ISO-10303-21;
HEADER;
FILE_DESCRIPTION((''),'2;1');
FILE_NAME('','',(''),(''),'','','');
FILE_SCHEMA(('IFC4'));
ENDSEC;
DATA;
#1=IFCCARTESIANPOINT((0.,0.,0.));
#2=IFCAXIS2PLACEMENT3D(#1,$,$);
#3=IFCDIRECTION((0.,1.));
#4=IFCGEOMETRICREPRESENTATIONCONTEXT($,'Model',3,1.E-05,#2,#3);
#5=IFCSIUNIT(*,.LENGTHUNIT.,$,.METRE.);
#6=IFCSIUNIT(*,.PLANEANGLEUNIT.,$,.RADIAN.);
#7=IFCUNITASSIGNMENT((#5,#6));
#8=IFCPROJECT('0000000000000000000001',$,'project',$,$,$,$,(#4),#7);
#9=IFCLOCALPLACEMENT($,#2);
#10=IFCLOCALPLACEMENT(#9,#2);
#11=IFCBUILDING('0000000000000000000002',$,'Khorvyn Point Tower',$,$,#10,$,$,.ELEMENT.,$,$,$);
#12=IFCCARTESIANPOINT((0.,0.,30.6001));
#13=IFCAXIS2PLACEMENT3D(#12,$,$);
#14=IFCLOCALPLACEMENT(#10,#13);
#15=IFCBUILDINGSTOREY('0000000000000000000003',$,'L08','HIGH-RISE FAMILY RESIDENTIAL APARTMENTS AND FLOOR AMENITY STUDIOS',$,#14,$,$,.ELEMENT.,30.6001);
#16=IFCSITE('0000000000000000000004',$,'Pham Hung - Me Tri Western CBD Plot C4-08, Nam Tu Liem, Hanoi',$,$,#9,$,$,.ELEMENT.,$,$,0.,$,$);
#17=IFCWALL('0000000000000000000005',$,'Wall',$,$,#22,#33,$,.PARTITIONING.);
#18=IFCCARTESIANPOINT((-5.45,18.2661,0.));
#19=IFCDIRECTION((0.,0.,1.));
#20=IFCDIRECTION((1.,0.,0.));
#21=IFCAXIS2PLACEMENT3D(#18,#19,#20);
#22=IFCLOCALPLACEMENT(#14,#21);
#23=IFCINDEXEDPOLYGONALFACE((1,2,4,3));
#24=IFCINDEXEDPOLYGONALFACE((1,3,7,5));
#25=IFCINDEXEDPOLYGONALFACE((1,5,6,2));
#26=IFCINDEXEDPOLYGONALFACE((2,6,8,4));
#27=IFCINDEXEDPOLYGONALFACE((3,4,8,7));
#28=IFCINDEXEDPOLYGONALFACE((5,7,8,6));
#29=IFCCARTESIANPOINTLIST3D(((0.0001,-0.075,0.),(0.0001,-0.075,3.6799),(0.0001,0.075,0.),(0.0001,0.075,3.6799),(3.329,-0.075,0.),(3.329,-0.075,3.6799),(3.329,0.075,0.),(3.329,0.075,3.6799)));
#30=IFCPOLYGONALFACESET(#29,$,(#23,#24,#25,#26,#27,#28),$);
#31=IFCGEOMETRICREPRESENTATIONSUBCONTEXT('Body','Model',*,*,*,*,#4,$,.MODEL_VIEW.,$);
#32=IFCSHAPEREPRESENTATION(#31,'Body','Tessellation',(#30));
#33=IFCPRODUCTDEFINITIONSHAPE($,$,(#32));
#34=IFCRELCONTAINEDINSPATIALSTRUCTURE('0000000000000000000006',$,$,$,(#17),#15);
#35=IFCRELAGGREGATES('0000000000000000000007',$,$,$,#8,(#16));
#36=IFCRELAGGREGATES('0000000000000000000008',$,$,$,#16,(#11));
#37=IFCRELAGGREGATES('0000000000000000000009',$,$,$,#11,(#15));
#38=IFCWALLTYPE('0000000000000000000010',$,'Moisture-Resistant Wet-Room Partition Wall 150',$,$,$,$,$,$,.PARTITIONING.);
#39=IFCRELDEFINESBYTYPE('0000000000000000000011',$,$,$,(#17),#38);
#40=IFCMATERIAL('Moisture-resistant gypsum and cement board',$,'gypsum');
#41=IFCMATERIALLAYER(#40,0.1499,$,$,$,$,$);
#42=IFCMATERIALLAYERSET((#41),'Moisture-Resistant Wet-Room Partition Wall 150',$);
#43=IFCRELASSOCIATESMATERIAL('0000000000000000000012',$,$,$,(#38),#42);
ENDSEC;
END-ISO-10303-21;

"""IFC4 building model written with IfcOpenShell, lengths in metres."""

from ifc_helpers import new_model, si_unit, direction, frame, frame_2d, origin, place, context, subcontext, project, spatial, rectangle, extrude, material, layer, layer_set, type_object, element, save


model = new_model("IFC4")

# Units and contexts
model_context = context("Model", 3, precision=1e-05, world=origin(), true_north=direction((0.0, 1.0)))
body_context = subcontext(model_context, "Body", "Model", "MODEL_VIEW")
ifc_project = project(units=[si_unit("LENGTHUNIT", "METRE"), si_unit("PLANEANGLEUNIT", "RADIAN")], contexts=[model_context])

# Site, building, storey
site_placement = place(None, origin())
site = spatial("IfcSite", under=ifc_project, at=site_placement, Name="Pham Hung - Me Tri Western CBD Plot C4-08, Nam Tu Liem, Hanoi", CompositionType="ELEMENT", RefElevation=0.0)
building_placement = place(site_placement, origin())
building = spatial("IfcBuilding", under=site, at=building_placement, Name="Khorvyn Point Tower", CompositionType="ELEMENT")
storey_placement = place(building_placement, frame((0.0, 0.0, 30.6001)))
storey = spatial("IfcBuildingStorey", under=building, at=storey_placement, Name="L08", Description="HIGH-RISE FAMILY RESIDENTIAL APARTMENTS AND FLOOR AMENITY STUDIOS", CompositionType="ELEMENT", Elevation=30.6001)

# Shared definitions
ifc_material_1 = material(Name="Moisture-resistant gypsum and cement board", Category="gypsum")
ifc_layer_1 = layer(ifc_material_1, 0.1499)
ifc_layer_set_1 = layer_set([ifc_layer_1], Name="Moisture-Resistant Wet-Room Partition Wall 150")
wall_type_1 = type_object("IfcWallType", Name="Moisture-Resistant Wet-Room Partition Wall 150", PredefinedType="PARTITIONING", material=ifc_layer_set_1)

# Wall
wall_1_placement = place(storey_placement, frame((-5.45, 18.2661, 0.0), z_axis=(0.0, 0.0, 1.0), x_axis=(1.0, 0.0, 0.0)))
element("IfcWall", 1, at=wall_1_placement, inside=storey, type_object=wall_type_1, Name="Wall", PredefinedType="PARTITIONING", context=body_context, shape_type="SweptSolid", body=[
    extrude(rectangle(XDim=3.3289, YDim=0.1499, at=frame_2d((1.6646, 0.0))), origin(), (0.0, 0.0, 1.0), 3.6799),
])

save(model, "model.ifc")
